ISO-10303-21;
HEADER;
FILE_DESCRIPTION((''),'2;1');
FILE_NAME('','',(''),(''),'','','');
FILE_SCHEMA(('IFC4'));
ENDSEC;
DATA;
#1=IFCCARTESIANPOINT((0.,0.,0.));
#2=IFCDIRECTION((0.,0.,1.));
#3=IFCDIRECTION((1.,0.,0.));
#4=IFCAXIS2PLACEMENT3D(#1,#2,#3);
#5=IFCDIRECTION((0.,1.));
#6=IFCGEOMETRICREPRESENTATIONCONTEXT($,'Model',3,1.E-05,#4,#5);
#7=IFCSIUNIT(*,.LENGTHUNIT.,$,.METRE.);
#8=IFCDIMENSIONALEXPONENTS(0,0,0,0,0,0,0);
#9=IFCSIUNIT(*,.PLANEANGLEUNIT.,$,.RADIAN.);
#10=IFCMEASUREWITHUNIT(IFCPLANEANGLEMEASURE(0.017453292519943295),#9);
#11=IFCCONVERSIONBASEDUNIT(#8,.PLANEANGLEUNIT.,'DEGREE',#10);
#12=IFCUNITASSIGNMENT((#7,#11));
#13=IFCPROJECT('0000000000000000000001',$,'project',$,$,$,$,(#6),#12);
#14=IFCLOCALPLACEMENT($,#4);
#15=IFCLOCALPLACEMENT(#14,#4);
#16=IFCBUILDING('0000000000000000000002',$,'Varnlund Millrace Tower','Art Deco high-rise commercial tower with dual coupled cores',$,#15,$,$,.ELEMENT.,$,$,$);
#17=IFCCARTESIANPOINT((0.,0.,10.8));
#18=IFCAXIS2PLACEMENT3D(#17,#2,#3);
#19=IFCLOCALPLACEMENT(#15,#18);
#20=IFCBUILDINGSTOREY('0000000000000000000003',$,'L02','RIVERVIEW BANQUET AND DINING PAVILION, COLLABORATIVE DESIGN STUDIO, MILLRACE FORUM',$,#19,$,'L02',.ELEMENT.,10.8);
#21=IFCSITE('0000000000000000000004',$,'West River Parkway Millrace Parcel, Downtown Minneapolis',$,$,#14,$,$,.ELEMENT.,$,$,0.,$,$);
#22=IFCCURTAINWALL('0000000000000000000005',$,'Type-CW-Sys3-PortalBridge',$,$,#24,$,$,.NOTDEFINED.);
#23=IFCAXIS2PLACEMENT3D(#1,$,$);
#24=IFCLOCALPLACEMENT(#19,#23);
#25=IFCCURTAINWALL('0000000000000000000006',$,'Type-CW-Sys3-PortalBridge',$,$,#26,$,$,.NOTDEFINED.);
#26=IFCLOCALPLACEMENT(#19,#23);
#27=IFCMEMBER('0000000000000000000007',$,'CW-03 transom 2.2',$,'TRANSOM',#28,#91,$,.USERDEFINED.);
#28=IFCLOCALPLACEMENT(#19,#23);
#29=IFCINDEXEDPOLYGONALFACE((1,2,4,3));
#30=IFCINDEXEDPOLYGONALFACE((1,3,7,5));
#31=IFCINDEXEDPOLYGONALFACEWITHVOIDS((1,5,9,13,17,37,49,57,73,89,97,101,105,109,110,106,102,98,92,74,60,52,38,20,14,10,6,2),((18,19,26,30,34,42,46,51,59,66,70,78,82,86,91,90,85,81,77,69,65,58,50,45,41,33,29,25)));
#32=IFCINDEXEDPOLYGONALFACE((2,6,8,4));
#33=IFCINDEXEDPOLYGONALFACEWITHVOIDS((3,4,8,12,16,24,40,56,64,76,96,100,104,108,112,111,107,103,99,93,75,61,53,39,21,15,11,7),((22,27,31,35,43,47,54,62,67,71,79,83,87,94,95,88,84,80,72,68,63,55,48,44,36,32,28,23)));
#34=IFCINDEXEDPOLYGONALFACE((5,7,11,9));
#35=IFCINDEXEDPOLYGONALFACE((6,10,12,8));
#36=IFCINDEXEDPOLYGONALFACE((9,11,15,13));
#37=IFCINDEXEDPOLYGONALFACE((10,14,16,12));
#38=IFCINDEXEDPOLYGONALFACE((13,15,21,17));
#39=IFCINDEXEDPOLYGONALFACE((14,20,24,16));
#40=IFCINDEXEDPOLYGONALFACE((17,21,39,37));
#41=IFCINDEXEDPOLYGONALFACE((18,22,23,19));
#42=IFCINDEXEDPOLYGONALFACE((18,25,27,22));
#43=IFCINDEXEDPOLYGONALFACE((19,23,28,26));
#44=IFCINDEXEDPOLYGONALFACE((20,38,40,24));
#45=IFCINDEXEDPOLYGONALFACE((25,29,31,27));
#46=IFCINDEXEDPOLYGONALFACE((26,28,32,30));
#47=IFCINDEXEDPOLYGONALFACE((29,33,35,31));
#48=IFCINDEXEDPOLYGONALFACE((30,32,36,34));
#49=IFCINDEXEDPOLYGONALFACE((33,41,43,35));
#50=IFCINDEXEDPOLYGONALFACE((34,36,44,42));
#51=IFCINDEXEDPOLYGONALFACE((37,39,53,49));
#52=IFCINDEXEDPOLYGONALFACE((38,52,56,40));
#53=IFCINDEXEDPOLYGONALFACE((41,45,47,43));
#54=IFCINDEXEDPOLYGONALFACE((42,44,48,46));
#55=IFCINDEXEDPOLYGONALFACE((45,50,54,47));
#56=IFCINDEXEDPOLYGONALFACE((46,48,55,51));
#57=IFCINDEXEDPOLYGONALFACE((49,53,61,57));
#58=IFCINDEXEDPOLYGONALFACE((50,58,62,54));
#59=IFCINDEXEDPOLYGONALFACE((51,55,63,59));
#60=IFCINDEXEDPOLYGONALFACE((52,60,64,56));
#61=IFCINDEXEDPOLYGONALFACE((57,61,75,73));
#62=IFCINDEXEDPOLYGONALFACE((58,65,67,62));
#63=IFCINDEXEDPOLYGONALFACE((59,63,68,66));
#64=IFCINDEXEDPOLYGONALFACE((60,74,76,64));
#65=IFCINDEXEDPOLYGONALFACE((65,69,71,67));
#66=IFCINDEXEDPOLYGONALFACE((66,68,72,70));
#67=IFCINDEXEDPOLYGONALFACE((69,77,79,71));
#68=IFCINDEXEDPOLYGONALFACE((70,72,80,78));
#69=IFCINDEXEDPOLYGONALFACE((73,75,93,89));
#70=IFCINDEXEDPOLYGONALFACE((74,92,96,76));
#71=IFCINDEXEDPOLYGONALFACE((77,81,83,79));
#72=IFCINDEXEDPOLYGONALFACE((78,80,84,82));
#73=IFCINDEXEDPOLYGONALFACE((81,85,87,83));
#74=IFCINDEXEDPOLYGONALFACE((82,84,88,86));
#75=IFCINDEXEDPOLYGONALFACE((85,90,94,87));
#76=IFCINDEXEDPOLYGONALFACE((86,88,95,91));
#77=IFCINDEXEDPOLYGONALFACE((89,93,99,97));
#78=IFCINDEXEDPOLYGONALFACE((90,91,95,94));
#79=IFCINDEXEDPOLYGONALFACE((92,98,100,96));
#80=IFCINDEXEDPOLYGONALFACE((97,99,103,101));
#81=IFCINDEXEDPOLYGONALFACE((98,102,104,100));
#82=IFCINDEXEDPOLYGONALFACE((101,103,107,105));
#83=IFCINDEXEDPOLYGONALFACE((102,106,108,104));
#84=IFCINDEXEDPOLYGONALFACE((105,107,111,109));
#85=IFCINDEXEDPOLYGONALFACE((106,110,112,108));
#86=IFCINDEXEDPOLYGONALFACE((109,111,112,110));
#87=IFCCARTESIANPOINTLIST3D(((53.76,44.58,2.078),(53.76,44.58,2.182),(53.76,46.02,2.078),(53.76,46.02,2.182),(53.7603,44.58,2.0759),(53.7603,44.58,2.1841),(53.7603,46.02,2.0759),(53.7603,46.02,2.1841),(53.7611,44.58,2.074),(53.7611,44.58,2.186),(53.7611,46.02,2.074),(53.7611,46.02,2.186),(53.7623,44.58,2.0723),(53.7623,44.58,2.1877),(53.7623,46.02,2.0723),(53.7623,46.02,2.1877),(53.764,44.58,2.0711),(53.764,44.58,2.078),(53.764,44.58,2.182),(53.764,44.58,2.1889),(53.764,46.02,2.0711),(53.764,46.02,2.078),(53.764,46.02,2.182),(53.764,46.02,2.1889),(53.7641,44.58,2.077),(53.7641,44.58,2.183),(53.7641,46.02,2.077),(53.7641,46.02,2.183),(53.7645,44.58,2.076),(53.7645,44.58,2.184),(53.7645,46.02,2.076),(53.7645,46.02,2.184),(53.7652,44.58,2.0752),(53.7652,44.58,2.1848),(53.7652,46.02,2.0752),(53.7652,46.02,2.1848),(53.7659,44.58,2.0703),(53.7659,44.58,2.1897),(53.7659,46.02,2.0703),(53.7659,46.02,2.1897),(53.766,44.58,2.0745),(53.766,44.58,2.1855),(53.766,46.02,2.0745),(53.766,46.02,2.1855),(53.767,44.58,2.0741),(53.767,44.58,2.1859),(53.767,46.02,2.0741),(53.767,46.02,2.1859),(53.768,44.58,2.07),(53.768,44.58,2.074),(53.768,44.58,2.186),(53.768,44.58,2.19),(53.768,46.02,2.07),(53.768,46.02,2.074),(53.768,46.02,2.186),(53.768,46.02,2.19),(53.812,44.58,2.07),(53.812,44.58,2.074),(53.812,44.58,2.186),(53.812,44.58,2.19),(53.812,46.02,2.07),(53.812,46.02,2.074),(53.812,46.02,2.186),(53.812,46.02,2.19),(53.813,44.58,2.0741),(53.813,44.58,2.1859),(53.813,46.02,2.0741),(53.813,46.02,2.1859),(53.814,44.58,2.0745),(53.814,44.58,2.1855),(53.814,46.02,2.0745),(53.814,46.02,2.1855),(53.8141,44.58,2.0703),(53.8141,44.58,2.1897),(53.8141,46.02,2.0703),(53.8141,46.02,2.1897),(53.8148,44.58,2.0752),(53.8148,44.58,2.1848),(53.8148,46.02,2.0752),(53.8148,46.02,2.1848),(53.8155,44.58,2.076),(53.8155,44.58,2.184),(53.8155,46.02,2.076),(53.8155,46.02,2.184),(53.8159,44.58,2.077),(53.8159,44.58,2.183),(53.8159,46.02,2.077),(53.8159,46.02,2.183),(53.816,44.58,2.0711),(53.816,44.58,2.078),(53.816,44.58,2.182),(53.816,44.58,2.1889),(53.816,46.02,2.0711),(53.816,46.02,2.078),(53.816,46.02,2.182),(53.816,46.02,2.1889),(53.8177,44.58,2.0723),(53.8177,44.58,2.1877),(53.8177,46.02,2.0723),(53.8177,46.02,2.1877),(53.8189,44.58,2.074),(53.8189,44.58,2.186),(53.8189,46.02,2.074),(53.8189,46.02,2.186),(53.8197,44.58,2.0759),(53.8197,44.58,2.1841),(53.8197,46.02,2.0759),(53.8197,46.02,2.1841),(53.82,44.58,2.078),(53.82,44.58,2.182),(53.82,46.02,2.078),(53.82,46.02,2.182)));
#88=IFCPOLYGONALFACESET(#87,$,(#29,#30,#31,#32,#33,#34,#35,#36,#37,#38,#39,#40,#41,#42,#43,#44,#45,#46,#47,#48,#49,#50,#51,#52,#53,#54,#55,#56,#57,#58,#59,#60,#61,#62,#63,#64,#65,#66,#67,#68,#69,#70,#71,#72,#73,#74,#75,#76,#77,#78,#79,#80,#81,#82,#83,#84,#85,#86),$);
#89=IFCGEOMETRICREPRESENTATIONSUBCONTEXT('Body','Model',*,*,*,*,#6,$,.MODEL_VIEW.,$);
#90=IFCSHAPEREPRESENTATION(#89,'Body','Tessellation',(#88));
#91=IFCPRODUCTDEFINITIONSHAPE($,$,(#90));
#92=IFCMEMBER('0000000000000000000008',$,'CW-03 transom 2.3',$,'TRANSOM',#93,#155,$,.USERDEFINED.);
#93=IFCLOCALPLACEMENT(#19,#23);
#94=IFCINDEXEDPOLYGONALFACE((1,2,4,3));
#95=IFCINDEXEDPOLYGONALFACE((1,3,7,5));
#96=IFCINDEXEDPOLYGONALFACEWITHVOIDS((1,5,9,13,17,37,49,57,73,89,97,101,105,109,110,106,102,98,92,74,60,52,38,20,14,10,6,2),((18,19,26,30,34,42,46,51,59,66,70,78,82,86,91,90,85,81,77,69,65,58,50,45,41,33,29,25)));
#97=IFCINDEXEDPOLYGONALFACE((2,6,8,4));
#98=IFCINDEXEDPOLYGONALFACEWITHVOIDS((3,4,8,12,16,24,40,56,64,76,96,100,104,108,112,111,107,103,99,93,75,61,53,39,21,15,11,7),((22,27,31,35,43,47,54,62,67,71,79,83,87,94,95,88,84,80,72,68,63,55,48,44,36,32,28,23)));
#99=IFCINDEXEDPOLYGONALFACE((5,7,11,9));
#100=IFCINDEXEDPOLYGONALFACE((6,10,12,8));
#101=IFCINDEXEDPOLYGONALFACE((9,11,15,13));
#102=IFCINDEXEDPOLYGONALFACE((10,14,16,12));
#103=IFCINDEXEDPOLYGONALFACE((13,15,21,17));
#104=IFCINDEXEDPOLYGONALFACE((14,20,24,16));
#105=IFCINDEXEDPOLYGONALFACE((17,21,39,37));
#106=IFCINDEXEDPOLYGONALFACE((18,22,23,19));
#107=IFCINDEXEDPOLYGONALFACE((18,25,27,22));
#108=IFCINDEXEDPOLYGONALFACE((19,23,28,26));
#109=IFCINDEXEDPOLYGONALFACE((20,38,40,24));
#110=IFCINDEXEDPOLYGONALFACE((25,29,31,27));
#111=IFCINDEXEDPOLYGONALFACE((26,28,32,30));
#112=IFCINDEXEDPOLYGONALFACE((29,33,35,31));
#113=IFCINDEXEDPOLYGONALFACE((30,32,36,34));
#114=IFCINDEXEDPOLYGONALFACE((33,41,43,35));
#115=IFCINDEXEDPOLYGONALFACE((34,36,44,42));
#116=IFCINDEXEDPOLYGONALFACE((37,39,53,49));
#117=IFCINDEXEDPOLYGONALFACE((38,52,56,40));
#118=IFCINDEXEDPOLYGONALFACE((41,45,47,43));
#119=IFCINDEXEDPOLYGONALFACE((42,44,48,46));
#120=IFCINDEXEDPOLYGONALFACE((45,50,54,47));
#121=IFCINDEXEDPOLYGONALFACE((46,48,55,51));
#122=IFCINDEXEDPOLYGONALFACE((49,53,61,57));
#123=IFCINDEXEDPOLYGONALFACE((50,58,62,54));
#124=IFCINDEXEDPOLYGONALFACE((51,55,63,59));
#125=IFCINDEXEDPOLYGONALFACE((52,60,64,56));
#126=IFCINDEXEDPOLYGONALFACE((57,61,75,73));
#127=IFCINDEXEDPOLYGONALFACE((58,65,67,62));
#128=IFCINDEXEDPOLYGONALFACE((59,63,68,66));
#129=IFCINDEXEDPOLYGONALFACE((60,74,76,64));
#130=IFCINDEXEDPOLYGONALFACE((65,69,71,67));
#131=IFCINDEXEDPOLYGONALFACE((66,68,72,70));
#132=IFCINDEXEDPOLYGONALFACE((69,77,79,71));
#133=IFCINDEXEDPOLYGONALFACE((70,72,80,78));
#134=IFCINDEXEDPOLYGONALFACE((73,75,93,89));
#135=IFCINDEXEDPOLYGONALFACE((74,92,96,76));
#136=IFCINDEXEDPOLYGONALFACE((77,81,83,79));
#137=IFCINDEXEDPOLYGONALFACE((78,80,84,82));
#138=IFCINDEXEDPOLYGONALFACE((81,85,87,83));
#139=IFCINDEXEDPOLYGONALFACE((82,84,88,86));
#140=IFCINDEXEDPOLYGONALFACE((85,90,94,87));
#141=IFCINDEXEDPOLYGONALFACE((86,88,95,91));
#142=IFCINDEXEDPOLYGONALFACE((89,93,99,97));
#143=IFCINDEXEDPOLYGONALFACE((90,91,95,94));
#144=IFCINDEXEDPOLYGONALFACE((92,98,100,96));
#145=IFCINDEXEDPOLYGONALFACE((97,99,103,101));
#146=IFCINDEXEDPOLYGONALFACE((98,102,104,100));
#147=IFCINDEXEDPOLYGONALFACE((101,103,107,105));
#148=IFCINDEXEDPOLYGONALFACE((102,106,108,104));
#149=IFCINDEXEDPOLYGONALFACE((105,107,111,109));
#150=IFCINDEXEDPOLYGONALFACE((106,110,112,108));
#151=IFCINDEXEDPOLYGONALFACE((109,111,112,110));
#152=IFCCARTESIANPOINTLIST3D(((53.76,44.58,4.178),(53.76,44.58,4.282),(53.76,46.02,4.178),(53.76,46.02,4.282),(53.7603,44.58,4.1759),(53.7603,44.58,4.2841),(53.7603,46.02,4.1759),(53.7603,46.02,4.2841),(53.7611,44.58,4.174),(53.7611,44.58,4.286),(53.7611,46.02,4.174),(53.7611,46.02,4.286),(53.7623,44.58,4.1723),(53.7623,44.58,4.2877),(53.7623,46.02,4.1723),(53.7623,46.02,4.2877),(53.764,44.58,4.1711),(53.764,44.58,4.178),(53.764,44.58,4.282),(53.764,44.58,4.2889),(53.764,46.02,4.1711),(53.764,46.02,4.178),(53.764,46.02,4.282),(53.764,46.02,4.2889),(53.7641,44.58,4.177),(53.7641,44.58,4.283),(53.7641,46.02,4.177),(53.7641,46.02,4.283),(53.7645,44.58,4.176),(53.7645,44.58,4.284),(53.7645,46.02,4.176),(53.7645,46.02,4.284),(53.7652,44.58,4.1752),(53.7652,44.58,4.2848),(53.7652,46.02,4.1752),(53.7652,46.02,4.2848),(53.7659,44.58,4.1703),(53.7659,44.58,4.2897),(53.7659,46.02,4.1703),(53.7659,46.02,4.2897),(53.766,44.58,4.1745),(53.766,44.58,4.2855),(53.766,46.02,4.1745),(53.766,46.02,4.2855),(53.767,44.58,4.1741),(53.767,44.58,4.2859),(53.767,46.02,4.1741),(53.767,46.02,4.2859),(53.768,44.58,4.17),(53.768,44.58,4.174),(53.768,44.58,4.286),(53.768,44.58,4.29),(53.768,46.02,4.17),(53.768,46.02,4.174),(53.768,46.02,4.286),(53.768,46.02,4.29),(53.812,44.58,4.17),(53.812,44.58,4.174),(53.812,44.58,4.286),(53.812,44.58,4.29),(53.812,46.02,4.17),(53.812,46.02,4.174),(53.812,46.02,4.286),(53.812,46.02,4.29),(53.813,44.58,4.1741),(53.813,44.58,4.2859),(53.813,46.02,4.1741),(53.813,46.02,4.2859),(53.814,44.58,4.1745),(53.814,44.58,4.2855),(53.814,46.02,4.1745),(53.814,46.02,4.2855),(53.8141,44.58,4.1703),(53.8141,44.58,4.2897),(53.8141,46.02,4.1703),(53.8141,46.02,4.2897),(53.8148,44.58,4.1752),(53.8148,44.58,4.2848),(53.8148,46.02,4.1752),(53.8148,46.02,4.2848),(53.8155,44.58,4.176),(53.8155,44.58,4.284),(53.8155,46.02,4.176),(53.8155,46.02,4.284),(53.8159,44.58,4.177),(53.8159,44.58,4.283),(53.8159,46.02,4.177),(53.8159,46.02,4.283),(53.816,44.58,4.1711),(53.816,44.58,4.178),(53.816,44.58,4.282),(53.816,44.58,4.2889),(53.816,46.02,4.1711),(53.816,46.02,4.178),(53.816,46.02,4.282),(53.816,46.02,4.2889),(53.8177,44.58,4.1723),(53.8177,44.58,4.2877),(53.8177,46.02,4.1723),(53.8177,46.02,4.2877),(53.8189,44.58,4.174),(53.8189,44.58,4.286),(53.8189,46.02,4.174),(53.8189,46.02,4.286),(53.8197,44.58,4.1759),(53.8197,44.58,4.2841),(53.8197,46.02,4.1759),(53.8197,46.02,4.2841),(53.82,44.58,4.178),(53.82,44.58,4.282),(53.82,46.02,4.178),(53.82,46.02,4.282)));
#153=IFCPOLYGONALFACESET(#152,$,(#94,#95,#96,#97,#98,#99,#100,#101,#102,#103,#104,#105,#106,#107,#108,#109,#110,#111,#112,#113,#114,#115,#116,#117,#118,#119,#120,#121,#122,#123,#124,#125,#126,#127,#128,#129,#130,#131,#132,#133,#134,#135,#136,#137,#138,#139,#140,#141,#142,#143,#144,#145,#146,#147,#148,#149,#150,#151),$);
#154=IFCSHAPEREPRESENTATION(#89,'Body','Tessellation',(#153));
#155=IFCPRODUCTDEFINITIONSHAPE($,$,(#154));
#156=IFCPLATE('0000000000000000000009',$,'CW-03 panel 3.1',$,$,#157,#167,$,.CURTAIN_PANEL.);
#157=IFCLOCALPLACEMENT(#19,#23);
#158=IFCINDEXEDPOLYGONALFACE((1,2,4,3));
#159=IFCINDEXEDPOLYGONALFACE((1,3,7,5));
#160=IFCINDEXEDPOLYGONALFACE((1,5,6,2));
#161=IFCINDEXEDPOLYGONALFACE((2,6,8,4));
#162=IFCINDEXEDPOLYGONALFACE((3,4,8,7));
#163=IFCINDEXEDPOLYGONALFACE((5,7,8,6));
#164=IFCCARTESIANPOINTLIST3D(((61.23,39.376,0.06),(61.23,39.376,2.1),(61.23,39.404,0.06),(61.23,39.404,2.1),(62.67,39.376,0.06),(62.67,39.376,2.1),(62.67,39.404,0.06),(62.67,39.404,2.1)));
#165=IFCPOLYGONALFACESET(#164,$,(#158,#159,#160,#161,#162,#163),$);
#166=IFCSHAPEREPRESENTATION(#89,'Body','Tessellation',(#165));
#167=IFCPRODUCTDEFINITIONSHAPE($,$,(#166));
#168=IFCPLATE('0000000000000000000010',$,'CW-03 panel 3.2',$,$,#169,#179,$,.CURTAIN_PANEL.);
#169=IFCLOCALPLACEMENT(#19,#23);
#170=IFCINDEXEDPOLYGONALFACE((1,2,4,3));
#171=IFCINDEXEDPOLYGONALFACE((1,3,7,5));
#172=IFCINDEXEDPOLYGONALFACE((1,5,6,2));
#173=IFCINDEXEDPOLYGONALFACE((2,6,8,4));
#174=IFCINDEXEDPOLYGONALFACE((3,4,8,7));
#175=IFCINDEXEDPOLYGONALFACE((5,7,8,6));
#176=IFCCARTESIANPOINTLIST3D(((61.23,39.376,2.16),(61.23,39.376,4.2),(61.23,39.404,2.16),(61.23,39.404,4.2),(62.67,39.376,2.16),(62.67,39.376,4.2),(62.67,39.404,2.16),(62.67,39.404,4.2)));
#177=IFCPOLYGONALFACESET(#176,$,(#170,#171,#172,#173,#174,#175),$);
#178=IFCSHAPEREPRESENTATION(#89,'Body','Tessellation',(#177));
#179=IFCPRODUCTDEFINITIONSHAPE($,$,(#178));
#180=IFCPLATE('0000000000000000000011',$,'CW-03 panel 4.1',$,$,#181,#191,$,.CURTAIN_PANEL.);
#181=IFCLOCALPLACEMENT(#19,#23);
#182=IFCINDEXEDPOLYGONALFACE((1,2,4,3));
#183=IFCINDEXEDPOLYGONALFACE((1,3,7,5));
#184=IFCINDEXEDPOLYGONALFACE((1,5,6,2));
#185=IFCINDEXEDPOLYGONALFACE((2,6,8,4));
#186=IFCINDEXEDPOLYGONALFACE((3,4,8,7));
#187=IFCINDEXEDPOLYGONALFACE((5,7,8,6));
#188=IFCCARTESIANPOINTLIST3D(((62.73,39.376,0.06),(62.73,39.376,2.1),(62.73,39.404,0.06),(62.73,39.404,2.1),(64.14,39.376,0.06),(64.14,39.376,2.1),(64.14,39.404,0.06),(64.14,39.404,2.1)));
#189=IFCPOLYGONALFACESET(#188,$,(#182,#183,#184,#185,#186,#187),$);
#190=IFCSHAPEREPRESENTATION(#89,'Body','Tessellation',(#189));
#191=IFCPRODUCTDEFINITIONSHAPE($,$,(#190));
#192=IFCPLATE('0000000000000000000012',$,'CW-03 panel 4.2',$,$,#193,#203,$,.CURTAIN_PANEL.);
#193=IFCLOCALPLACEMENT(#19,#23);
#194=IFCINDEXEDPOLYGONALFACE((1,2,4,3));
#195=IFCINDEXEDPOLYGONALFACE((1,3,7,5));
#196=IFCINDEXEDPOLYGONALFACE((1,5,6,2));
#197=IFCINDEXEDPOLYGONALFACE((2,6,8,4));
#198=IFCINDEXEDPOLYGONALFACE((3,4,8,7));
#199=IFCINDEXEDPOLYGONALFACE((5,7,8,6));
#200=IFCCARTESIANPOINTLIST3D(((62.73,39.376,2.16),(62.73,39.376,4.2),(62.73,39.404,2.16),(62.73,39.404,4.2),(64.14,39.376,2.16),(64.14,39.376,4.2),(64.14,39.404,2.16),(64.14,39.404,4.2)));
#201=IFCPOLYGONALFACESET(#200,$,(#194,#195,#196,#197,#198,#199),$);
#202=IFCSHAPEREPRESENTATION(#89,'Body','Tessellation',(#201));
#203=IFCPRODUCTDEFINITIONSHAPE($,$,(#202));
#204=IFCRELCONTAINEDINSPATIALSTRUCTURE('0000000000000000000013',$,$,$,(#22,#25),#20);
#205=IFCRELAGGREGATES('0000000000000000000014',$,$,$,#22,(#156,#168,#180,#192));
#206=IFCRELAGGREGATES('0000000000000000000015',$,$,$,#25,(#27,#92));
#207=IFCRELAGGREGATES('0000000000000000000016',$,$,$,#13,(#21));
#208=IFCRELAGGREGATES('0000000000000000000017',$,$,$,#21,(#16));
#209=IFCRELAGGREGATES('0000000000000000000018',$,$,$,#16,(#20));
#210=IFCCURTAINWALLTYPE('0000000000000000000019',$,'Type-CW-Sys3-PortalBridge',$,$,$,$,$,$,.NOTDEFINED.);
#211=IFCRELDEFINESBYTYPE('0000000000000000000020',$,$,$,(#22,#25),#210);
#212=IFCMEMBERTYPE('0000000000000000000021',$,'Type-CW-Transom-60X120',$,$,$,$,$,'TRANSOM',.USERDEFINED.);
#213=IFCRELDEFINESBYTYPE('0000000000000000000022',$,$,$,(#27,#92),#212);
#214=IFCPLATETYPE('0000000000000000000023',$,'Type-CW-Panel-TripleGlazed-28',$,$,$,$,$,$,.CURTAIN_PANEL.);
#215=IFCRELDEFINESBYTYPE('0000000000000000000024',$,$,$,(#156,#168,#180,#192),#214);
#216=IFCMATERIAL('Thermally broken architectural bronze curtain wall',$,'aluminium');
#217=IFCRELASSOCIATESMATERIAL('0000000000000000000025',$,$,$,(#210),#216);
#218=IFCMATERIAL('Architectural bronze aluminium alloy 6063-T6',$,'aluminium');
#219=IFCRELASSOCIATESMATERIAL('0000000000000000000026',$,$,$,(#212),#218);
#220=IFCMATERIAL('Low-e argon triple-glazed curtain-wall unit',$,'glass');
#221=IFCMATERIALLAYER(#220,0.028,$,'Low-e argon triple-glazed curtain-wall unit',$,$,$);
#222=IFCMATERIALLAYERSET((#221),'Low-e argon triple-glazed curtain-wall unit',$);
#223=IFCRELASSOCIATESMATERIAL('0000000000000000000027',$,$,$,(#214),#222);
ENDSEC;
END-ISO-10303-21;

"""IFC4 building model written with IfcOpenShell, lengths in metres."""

from ifc_helpers import new_model, entity, si_unit, converted_unit, direction, frame, origin_with_axes, origin_2d_with_axis, place, context, subcontext, project, spatial, rectangle, hollow_rectangle, extrude, material, layer, layer_set, material_profile, profile_set, type_object, element, aggregate, save


model = new_model("IFC4")

# Units and contexts
model_context = context("Model", 3, precision=1e-05, world=origin_with_axes(), true_north=direction((0.0, 1.0)))
body_context = subcontext(model_context, "Body", "Model", "MODEL_VIEW")
ifc_project = project(units=[si_unit("LENGTHUNIT", "METRE"), converted_unit("PLANEANGLEUNIT", "DEGREE", entity("IfcPlaneAngleMeasure", 0.017453292519943295), si_unit("PLANEANGLEUNIT", "RADIAN"), dimensions=[0, 0, 0, 0, 0, 0, 0])], contexts=[model_context])

# Site, building, storey
site_placement = place(None, origin_with_axes())
site = spatial("IfcSite", under=ifc_project, at=site_placement, Name="West River Parkway Millrace Parcel, Downtown Minneapolis", CompositionType="ELEMENT", RefElevation=0.0)
building_placement = place(site_placement, origin_with_axes())
building = spatial("IfcBuilding", under=site, at=building_placement, Name="Varnlund Millrace Tower", Description="Art Deco high-rise commercial tower with dual coupled cores", CompositionType="ELEMENT")
storey_placement = place(building_placement, frame((0.0, 0.0, 10.8), z_axis=(0.0, 0.0, 1.0), x_axis=(1.0, 0.0, 0.0)))
storey = spatial("IfcBuildingStorey", under=building, at=storey_placement, Name="L02", Description="RIVERVIEW BANQUET AND DINING PAVILION, COLLABORATIVE DESIGN STUDIO, MILLRACE FORUM", LongName="L02", CompositionType="ELEMENT", Elevation=10.8)

# Curtain walls
ifc_material_1 = material(Name="Thermally broken architectural bronze curtain wall", Category="aluminium")
curtain_wall_type = type_object("IfcCurtainWallType", Name="Type-CW-Sys3-PortalBridge", PredefinedType="NOTDEFINED", material=ifc_material_1)
curtain_wall_1_placement = place(storey_placement, frame((58.2, 39.39, 0.0), z_axis=(0.0, 0.0, 1.0), x_axis=(1.0, 0.0, 0.0)))
curtain_wall_1 = element("IfcCurtainWall", 1, at=curtain_wall_1_placement, inside=storey, type_object=curtain_wall_type, Name="Type-CW-Sys3-PortalBridge", PredefinedType="NOTDEFINED")
ifc_material_2 = material(Name="Architectural bronze aluminium alloy 6063-T6", Category="aluminium")
curtain_wall_2_placement = place(storey_placement, frame((53.79, 47.55, 0.0), z_axis=(0.0, 0.0, 1.0), x_axis=(1.0, 0.0, 0.0)))
curtain_wall_2 = element("IfcCurtainWall", 2, at=curtain_wall_2_placement, inside=storey, type_object=curtain_wall_type, Name="Type-CW-Sys3-PortalBridge", PredefinedType="NOTDEFINED")

# Members
ifc_material_profile_1 = material_profile(ifc_material_2, hollow_rectangle(XDim=0.06, YDim=0.12, WallThickness=0.004, InnerFilletRadius=0.004, OuterFilletRadius=0.008, at=origin_2d_with_axis()), Name="Architectural bronze aluminium alloy 6063-T6")
ifc_profile_set_1 = profile_set([ifc_material_profile_1], Name="Architectural bronze aluminium alloy 6063-T6")
member_type_1 = type_object("IfcMemberType", Name="Type-CW-Transom-60X120", ElementType="TRANSOM", PredefinedType="USERDEFINED", material=ifc_profile_set_1)
member_1_placement = place(storey_placement, frame((53.79, 46.02, 2.13), z_axis=(0.0, -1.0, 0.0), x_axis=(1.0, 0.0, 0.0)))
member_1 = element("IfcMember", 3, at=member_1_placement, type_object=member_type_1, Name="CW-03 transom 2.2", ObjectType="TRANSOM", PredefinedType="USERDEFINED", context=body_context, shape_type="SweptSolid", body=[
    extrude(hollow_rectangle(XDim=0.06, YDim=0.12, WallThickness=0.004, InnerFilletRadius=0.004, OuterFilletRadius=0.008, at=origin_2d_with_axis()), origin_with_axes(), (0.0, 0.0, 1.0), 1.44),
])
member_2_placement = place(storey_placement, frame((53.79, 46.02, 4.23), z_axis=(0.0, -1.0, 0.0), x_axis=(1.0, 0.0, 0.0)))
member_2 = element("IfcMember", 4, at=member_2_placement, type_object=member_type_1, Name="CW-03 transom 2.3", ObjectType="TRANSOM", PredefinedType="USERDEFINED", context=body_context, shape_type="SweptSolid", body=[
    extrude(hollow_rectangle(XDim=0.06, YDim=0.12, WallThickness=0.004, InnerFilletRadius=0.004, OuterFilletRadius=0.008, at=origin_2d_with_axis()), origin_with_axes(), (0.0, 0.0, 1.0), 1.44),
])

# Plates
ifc_material_3 = material(Name="Low-e argon triple-glazed curtain-wall unit", Category="glass")
ifc_layer_1 = layer(ifc_material_3, 0.028, Name="Low-e argon triple-glazed curtain-wall unit")
ifc_layer_set_1 = layer_set([ifc_layer_1], Name="Low-e argon triple-glazed curtain-wall unit")
plate_type = type_object("IfcPlateType", Name="Type-CW-Panel-TripleGlazed-28", PredefinedType="CURTAIN_PANEL", material=ifc_layer_set_1)
plate_1_placement = place(storey_placement, frame((61.95, 39.39, 0.06), z_axis=(0.0, 0.0, 1.0), x_axis=(1.0, 0.0, 0.0)))
plate_1 = element("IfcPlate", 5, at=plate_1_placement, type_object=plate_type, Name="CW-03 panel 3.1", PredefinedType="CURTAIN_PANEL", context=body_context, shape_type="SweptSolid", body=[
    extrude(rectangle(XDim=1.44, YDim=0.028, at=origin_2d_with_axis()), origin_with_axes(), (0.0, 0.0, 1.0), 2.04),
])
plate_2_placement = place(storey_placement, frame((61.95, 39.39, 2.16), z_axis=(0.0, 0.0, 1.0), x_axis=(1.0, 0.0, 0.0)))
plate_2 = element("IfcPlate", 6, at=plate_2_placement, type_object=plate_type, Name="CW-03 panel 3.2", PredefinedType="CURTAIN_PANEL", context=body_context, shape_type="SweptSolid", body=[
    extrude(rectangle(XDim=1.44, YDim=0.028, at=origin_2d_with_axis()), origin_with_axes(), (0.0, 0.0, 1.0), 2.04),
])
plate_3_placement = place(storey_placement, frame((63.435, 39.39, 0.06), z_axis=(0.0, 0.0, 1.0), x_axis=(1.0, 0.0, 0.0)))
plate_3 = element("IfcPlate", 7, at=plate_3_placement, type_object=plate_type, Name="CW-03 panel 4.1", PredefinedType="CURTAIN_PANEL", context=body_context, shape_type="SweptSolid", body=[
    extrude(rectangle(XDim=1.41, YDim=0.028, at=origin_2d_with_axis()), origin_with_axes(), (0.0, 0.0, 1.0), 2.04),
])
plate_4_placement = place(storey_placement, frame((63.435, 39.39, 2.16), z_axis=(0.0, 0.0, 1.0), x_axis=(1.0, 0.0, 0.0)))
plate_4 = element("IfcPlate", 8, at=plate_4_placement, type_object=plate_type, Name="CW-03 panel 4.2", PredefinedType="CURTAIN_PANEL", context=body_context, shape_type="SweptSolid", body=[
    extrude(rectangle(XDim=1.41, YDim=0.028, at=origin_2d_with_axis()), origin_with_axes(), (0.0, 0.0, 1.0), 2.04),
])
aggregate(curtain_wall_1, [plate_1, plate_2, plate_3, plate_4])
aggregate(curtain_wall_2, [member_1, member_2])

save(model, "model.ifc")
